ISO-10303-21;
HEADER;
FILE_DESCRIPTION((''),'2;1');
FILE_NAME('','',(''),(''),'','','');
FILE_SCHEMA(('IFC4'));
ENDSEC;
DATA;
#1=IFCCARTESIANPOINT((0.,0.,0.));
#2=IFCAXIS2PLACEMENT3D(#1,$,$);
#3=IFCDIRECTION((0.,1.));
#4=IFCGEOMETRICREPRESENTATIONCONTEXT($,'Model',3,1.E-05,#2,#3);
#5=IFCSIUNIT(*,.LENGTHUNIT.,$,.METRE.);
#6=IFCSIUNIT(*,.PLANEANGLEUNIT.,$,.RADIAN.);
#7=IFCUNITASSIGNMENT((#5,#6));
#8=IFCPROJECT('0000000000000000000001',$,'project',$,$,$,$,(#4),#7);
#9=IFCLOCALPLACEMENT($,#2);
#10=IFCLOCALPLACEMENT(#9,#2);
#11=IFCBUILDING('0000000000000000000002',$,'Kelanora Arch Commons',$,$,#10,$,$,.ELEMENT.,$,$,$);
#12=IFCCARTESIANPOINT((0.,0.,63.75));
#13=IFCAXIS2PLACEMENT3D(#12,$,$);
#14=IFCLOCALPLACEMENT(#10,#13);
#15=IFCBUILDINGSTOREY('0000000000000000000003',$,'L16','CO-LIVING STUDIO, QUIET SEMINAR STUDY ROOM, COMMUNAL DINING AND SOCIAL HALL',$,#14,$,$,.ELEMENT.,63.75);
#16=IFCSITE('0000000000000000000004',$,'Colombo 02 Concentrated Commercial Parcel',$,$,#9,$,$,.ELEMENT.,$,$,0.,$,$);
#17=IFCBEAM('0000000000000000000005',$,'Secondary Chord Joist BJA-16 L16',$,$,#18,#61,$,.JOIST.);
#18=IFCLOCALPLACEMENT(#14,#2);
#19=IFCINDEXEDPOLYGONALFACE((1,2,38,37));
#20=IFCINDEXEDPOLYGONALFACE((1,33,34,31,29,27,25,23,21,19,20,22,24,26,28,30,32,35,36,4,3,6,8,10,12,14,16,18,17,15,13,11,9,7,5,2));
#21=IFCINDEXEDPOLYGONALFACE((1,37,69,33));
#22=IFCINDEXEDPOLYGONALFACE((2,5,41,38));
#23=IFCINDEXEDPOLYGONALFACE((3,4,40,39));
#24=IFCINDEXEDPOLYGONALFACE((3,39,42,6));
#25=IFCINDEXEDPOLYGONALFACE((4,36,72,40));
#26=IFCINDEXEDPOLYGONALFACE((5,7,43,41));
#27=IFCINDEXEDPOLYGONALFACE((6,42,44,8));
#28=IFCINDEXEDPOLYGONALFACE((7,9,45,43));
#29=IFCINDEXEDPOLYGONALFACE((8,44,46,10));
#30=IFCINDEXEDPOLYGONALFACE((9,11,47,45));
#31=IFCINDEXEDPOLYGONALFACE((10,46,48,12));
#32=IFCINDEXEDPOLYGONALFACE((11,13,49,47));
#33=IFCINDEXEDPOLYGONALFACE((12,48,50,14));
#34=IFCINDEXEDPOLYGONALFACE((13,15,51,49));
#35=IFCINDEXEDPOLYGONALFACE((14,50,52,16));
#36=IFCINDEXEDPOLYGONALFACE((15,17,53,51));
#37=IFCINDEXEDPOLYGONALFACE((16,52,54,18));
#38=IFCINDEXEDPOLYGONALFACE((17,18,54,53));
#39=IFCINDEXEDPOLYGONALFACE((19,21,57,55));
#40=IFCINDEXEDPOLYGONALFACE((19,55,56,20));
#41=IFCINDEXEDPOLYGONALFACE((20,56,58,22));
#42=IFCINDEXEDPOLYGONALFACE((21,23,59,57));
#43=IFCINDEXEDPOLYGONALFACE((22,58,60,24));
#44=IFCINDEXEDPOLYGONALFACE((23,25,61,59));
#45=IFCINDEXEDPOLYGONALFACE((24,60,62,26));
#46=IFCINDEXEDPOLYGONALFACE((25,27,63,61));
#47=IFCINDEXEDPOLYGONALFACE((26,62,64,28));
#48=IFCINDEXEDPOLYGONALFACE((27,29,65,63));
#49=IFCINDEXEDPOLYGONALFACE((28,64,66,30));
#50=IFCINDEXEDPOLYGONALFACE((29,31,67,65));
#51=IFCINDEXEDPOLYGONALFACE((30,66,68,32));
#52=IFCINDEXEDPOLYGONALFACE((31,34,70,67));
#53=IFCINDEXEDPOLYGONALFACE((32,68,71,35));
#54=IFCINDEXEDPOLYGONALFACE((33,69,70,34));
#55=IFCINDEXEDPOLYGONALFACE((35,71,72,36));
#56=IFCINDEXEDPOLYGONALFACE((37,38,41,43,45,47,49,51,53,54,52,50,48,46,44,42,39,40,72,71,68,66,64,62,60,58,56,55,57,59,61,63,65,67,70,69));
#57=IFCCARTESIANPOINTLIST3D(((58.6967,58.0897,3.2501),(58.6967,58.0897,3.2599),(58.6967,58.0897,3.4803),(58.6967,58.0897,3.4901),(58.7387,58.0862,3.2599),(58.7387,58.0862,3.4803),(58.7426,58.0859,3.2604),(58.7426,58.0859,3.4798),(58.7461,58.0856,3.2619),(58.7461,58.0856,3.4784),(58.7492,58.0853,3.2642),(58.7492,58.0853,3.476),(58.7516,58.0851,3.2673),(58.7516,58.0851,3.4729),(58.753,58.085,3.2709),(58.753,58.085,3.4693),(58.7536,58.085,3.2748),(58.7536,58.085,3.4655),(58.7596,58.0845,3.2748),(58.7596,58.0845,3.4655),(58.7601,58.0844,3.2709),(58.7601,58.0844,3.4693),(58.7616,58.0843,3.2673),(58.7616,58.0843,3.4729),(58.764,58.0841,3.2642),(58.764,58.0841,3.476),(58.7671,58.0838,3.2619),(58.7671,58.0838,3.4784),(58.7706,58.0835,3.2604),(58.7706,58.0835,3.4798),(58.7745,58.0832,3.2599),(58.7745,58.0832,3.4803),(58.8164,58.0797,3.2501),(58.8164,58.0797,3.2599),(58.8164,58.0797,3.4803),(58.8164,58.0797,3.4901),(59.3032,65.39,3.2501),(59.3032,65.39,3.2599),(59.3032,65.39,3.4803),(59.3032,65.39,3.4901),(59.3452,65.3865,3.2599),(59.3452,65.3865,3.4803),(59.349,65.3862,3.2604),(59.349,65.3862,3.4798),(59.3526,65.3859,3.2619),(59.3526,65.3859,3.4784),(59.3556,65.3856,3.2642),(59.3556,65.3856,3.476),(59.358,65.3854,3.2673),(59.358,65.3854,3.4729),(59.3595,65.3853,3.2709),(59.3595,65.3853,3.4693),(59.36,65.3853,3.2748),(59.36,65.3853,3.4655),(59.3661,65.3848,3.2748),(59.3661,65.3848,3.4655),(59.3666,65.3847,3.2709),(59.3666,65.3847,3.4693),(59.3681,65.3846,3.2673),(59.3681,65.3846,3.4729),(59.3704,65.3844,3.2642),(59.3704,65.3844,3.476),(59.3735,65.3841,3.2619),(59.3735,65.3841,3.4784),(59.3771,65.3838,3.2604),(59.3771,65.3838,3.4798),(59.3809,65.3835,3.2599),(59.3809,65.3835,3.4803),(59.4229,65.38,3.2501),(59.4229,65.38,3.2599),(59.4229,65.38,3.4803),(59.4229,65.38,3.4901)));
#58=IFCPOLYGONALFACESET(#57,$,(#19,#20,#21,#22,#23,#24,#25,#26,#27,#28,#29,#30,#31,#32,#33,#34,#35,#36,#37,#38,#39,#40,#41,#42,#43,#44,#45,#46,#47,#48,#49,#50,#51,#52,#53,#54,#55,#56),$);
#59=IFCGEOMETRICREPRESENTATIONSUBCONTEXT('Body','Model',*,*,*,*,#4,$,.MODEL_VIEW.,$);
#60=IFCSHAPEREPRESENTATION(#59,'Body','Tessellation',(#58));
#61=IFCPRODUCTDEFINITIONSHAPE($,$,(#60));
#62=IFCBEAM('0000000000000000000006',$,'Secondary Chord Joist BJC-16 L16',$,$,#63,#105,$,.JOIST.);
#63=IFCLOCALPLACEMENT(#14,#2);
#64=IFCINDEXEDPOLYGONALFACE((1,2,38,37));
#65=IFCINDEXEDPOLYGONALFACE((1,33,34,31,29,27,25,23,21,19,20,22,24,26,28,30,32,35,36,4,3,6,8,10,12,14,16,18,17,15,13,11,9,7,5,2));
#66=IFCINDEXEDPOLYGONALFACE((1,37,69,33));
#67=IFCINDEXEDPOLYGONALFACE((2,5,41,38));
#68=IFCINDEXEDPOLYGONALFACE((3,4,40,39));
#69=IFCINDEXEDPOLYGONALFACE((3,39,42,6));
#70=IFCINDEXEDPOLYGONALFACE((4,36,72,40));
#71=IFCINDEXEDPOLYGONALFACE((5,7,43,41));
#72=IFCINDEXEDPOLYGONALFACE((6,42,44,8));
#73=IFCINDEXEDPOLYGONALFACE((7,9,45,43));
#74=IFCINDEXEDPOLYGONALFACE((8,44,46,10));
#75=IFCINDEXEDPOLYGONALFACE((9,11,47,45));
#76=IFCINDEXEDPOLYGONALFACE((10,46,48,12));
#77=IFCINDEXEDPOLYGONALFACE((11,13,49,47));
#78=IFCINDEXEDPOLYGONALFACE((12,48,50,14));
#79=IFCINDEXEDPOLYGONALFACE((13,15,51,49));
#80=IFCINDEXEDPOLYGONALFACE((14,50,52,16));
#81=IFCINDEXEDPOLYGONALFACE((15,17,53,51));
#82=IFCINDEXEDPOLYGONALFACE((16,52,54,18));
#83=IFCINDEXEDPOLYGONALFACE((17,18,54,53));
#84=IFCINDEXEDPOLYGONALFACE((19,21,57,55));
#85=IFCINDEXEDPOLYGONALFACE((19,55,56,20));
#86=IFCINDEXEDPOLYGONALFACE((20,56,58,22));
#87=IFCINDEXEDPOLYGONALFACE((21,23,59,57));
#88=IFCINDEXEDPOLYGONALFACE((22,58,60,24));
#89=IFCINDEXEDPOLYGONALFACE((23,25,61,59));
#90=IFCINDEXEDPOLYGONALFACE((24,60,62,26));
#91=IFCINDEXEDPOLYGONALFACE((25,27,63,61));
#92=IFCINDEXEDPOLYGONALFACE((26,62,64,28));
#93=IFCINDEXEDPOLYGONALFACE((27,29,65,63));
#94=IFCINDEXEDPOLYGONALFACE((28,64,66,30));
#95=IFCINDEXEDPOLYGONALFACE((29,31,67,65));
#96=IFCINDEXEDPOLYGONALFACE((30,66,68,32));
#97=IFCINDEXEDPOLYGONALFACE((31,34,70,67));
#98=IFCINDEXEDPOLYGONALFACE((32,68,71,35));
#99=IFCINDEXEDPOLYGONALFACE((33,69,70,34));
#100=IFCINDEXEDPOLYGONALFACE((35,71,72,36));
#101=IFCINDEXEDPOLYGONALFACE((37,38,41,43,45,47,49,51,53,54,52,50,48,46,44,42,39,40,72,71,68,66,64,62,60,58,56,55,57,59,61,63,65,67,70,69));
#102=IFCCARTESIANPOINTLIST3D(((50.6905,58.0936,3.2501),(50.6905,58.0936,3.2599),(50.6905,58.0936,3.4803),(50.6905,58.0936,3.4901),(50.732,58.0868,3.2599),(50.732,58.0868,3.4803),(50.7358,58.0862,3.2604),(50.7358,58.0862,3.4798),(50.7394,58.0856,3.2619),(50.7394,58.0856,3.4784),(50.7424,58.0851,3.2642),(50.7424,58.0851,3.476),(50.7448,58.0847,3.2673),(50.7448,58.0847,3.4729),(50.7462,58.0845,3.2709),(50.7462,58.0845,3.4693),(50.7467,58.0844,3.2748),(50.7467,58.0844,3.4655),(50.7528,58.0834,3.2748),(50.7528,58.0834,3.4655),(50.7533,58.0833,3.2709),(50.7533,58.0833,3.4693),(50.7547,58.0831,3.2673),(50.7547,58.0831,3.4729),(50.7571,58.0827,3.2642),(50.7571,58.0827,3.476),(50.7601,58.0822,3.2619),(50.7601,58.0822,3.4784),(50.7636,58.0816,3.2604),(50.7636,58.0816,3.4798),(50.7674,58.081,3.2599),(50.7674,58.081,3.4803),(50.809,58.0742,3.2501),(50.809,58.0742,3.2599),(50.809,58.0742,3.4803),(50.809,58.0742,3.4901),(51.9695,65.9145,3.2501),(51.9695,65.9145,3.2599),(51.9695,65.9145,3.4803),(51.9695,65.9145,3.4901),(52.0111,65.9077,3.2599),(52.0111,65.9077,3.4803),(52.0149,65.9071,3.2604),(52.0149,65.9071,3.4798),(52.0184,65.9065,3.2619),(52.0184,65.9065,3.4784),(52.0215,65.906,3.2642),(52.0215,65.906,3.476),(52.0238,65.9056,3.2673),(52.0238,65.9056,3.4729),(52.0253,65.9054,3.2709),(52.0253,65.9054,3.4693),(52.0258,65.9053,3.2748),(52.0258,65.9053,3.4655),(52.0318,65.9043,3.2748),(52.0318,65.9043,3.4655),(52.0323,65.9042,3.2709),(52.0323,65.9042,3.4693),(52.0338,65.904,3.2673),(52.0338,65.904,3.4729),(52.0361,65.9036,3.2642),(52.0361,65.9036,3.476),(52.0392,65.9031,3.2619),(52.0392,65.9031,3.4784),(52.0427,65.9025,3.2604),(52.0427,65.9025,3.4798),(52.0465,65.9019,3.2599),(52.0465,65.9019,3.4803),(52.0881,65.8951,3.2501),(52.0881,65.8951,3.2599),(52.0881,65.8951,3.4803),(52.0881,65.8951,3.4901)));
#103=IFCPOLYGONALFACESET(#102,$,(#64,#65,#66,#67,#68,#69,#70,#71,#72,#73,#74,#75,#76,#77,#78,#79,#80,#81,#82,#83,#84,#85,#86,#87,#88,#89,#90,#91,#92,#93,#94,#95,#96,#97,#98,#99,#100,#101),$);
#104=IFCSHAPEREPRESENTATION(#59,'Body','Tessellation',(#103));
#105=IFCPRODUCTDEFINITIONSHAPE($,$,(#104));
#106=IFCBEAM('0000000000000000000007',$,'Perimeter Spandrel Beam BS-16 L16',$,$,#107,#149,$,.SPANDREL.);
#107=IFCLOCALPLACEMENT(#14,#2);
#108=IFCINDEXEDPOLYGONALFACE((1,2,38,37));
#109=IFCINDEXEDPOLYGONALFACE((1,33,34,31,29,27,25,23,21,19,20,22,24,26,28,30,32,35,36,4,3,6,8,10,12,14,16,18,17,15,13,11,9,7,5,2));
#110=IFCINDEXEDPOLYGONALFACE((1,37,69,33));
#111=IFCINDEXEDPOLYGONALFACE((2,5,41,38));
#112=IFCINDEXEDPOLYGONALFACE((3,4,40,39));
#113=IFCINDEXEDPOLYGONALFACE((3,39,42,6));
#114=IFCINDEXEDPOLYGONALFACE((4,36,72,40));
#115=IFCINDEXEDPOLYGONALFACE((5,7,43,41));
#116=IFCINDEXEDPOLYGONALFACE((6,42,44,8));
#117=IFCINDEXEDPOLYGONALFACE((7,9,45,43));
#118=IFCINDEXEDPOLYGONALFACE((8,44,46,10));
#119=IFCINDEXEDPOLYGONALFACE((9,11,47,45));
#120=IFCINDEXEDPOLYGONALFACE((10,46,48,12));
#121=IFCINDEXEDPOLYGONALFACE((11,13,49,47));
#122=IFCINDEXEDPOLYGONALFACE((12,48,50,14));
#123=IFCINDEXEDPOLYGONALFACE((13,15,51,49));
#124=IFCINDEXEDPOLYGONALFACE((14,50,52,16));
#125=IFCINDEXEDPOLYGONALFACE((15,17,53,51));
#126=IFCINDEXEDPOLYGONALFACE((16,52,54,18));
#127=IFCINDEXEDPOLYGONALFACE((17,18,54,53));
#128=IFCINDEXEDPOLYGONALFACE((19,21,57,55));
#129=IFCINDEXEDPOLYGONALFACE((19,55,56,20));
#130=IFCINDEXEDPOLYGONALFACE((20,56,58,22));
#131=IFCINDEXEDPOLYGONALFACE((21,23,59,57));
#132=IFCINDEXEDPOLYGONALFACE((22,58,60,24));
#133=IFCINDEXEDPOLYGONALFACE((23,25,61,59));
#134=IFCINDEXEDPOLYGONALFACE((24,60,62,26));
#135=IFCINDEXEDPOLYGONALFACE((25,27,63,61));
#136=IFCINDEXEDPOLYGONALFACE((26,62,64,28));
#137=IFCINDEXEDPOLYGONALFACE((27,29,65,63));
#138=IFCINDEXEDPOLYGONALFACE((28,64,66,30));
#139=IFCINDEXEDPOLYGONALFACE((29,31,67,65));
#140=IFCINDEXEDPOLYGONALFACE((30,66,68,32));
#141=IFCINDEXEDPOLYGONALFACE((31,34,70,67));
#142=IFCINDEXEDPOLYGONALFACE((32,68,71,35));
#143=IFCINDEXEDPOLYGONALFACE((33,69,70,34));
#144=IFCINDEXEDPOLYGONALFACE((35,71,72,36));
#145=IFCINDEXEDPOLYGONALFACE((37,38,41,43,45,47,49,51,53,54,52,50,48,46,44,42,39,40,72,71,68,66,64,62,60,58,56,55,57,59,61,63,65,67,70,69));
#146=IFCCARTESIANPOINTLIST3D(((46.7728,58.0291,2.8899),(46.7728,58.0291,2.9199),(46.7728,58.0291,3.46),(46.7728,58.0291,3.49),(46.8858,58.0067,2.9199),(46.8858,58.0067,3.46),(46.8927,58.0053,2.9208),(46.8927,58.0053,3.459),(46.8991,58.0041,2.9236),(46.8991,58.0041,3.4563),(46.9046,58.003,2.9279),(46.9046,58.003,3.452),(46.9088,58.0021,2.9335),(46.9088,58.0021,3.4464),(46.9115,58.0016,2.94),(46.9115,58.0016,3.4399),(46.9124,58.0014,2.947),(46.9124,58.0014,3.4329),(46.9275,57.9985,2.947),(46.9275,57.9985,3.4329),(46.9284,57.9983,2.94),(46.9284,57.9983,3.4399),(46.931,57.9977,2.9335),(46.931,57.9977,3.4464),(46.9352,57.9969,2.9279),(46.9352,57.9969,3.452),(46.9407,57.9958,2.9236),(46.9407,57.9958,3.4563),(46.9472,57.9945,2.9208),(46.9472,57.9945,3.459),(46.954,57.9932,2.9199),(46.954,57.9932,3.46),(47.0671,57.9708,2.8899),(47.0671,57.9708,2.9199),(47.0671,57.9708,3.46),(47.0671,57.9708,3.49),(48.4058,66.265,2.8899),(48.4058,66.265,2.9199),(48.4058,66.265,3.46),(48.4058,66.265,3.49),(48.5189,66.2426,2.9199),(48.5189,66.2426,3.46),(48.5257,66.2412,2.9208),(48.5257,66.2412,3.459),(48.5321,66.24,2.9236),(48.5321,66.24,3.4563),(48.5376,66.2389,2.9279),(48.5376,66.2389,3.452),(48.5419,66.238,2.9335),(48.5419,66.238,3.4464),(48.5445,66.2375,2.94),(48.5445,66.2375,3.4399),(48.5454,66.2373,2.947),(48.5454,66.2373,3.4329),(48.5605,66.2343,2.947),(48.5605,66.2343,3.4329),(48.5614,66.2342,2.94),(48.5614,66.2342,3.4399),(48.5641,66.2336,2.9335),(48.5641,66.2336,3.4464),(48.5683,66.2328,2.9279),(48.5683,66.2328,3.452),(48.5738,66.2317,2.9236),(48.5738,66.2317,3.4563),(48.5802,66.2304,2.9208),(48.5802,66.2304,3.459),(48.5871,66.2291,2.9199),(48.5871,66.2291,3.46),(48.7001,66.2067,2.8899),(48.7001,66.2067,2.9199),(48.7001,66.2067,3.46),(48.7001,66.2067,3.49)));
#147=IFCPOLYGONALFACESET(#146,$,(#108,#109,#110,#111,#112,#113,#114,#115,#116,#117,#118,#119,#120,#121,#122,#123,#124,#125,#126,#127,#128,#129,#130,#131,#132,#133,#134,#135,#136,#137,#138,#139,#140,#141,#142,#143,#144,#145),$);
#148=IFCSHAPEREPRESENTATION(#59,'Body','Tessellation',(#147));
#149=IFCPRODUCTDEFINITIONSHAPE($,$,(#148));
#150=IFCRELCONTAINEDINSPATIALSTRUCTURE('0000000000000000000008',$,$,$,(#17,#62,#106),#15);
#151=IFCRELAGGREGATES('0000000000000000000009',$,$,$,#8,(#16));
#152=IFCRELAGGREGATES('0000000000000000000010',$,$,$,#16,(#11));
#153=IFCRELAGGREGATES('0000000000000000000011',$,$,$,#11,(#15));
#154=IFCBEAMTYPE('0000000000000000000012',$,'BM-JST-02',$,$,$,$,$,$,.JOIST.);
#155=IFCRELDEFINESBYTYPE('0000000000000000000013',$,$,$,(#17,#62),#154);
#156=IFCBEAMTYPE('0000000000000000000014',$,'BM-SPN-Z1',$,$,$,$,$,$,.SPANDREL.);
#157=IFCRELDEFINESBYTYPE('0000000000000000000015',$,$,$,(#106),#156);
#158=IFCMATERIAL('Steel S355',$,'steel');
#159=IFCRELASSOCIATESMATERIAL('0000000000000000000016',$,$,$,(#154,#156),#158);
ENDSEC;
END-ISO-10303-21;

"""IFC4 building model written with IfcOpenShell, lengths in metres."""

from ifc_helpers import new_model, si_unit, direction, frame, origin, origin_2d, place, context, subcontext, project, spatial, i_section, extrude, material, material_profile, profile_set, type_object, element, save


model = new_model("IFC4")

# Units and contexts
model_context = context("Model", 3, precision=1e-05, world=origin(), true_north=direction((0.0, 1.0)))
body_context = subcontext(model_context, "Body", "Model", "MODEL_VIEW")
ifc_project = project(units=[si_unit("LENGTHUNIT", "METRE"), si_unit("PLANEANGLEUNIT", "RADIAN")], contexts=[model_context])

# Site, building, storey
site_placement = place(None, origin())
site = spatial("IfcSite", under=ifc_project, at=site_placement, Name="Colombo 02 Concentrated Commercial Parcel", CompositionType="ELEMENT", RefElevation=0.0)
building_placement = place(site_placement, origin())
building = spatial("IfcBuilding", under=site, at=building_placement, Name="Kelanora Arch Commons", CompositionType="ELEMENT")
storey_placement = place(building_placement, frame((0.0, 0.0, 63.75)))
storey = spatial("IfcBuildingStorey", under=building, at=storey_placement, Name="L16", Description="CO-LIVING STUDIO, QUIET SEMINAR STUDY ROOM, COMMUNAL DINING AND SOCIAL HALL", CompositionType="ELEMENT", Elevation=63.75)

# Beams
ifc_material_1 = material(Name="Steel S355", Category="steel")
ifc_material_profile_1 = material_profile(ifc_material_1, i_section(OverallWidth=0.1201, OverallDepth=0.24, WebThickness=0.0061, FlangeThickness=0.0098, FilletRadius=0.0149, at=origin_2d()), Name="IPE240")
ifc_profile_set_1 = profile_set([ifc_material_profile_1], Name="Steel S355")
beam_type_1 = type_object("IfcBeamType", Name="BM-JST-02", PredefinedType="JOIST", material=ifc_profile_set_1)
beam_1_placement = place(storey_placement, frame((59.363, 65.385, 3.3701), z_axis=(-0.082786, -0.996567, 0.0), x_axis=(0.996567, -0.082786, 0.0)))
element("IfcBeam", 1, at=beam_1_placement, inside=storey, type_object=beam_type_1, Name="Secondary Chord Joist BJA-16 L16", PredefinedType="JOIST", context=body_context, shape_type="SweptSolid", body=[
    extrude(i_section(OverallWidth=0.1201, OverallDepth=0.24, WebThickness=0.0061, FlangeThickness=0.0098, FilletRadius=0.0149, at=origin_2d()), origin(), (0.0, 0.0, 1.0), 7.3254),
])
beam_2_placement = place(storey_placement, frame((52.0288, 65.9048, 3.3701), z_axis=(-0.161401, -0.986889, 0.0), x_axis=(0.986889, -0.161401, 0.0)))
element("IfcBeam", 2, at=beam_2_placement, inside=storey, type_object=beam_type_1, Name="Secondary Chord Joist BJC-16 L16", PredefinedType="JOIST", context=body_context, shape_type="SweptSolid", body=[
    extrude(i_section(OverallWidth=0.1201, OverallDepth=0.24, WebThickness=0.0061, FlangeThickness=0.0098, FilletRadius=0.0149, at=origin_2d()), origin(), (0.0, 0.0, 1.0), 7.9248),
])
ifc_material_profile_2 = material_profile(ifc_material_1, i_section(OverallWidth=0.3, OverallDepth=0.6001, WebThickness=0.0154, FlangeThickness=0.03, FilletRadius=0.0271, at=origin_2d()), Name="HEB600")
ifc_profile_set_2 = profile_set([ifc_material_profile_2], Name="Steel S355")
beam_type_2 = type_object("IfcBeamType", Name="BM-SPN-Z1", PredefinedType="SPANDREL", material=ifc_profile_set_2)
beam_3_placement = place(storey_placement, frame((48.553, 66.2358, 3.1899), z_axis=(-0.1945, -0.980903, 0.0), x_axis=(0.980903, -0.1945, 0.0)))
element("IfcBeam", 3, at=beam_3_placement, inside=storey, type_object=beam_type_2, Name="Perimeter Spandrel Beam BS-16 L16", PredefinedType="SPANDREL", context=body_context, shape_type="SweptSolid", body=[
    extrude(i_section(OverallWidth=0.3, OverallDepth=0.6001, WebThickness=0.0154, FlangeThickness=0.03, FilletRadius=0.0271, at=origin_2d()), origin(), (0.0, 0.0, 1.0), 8.3962),
])

save(model, "model.ifc")
